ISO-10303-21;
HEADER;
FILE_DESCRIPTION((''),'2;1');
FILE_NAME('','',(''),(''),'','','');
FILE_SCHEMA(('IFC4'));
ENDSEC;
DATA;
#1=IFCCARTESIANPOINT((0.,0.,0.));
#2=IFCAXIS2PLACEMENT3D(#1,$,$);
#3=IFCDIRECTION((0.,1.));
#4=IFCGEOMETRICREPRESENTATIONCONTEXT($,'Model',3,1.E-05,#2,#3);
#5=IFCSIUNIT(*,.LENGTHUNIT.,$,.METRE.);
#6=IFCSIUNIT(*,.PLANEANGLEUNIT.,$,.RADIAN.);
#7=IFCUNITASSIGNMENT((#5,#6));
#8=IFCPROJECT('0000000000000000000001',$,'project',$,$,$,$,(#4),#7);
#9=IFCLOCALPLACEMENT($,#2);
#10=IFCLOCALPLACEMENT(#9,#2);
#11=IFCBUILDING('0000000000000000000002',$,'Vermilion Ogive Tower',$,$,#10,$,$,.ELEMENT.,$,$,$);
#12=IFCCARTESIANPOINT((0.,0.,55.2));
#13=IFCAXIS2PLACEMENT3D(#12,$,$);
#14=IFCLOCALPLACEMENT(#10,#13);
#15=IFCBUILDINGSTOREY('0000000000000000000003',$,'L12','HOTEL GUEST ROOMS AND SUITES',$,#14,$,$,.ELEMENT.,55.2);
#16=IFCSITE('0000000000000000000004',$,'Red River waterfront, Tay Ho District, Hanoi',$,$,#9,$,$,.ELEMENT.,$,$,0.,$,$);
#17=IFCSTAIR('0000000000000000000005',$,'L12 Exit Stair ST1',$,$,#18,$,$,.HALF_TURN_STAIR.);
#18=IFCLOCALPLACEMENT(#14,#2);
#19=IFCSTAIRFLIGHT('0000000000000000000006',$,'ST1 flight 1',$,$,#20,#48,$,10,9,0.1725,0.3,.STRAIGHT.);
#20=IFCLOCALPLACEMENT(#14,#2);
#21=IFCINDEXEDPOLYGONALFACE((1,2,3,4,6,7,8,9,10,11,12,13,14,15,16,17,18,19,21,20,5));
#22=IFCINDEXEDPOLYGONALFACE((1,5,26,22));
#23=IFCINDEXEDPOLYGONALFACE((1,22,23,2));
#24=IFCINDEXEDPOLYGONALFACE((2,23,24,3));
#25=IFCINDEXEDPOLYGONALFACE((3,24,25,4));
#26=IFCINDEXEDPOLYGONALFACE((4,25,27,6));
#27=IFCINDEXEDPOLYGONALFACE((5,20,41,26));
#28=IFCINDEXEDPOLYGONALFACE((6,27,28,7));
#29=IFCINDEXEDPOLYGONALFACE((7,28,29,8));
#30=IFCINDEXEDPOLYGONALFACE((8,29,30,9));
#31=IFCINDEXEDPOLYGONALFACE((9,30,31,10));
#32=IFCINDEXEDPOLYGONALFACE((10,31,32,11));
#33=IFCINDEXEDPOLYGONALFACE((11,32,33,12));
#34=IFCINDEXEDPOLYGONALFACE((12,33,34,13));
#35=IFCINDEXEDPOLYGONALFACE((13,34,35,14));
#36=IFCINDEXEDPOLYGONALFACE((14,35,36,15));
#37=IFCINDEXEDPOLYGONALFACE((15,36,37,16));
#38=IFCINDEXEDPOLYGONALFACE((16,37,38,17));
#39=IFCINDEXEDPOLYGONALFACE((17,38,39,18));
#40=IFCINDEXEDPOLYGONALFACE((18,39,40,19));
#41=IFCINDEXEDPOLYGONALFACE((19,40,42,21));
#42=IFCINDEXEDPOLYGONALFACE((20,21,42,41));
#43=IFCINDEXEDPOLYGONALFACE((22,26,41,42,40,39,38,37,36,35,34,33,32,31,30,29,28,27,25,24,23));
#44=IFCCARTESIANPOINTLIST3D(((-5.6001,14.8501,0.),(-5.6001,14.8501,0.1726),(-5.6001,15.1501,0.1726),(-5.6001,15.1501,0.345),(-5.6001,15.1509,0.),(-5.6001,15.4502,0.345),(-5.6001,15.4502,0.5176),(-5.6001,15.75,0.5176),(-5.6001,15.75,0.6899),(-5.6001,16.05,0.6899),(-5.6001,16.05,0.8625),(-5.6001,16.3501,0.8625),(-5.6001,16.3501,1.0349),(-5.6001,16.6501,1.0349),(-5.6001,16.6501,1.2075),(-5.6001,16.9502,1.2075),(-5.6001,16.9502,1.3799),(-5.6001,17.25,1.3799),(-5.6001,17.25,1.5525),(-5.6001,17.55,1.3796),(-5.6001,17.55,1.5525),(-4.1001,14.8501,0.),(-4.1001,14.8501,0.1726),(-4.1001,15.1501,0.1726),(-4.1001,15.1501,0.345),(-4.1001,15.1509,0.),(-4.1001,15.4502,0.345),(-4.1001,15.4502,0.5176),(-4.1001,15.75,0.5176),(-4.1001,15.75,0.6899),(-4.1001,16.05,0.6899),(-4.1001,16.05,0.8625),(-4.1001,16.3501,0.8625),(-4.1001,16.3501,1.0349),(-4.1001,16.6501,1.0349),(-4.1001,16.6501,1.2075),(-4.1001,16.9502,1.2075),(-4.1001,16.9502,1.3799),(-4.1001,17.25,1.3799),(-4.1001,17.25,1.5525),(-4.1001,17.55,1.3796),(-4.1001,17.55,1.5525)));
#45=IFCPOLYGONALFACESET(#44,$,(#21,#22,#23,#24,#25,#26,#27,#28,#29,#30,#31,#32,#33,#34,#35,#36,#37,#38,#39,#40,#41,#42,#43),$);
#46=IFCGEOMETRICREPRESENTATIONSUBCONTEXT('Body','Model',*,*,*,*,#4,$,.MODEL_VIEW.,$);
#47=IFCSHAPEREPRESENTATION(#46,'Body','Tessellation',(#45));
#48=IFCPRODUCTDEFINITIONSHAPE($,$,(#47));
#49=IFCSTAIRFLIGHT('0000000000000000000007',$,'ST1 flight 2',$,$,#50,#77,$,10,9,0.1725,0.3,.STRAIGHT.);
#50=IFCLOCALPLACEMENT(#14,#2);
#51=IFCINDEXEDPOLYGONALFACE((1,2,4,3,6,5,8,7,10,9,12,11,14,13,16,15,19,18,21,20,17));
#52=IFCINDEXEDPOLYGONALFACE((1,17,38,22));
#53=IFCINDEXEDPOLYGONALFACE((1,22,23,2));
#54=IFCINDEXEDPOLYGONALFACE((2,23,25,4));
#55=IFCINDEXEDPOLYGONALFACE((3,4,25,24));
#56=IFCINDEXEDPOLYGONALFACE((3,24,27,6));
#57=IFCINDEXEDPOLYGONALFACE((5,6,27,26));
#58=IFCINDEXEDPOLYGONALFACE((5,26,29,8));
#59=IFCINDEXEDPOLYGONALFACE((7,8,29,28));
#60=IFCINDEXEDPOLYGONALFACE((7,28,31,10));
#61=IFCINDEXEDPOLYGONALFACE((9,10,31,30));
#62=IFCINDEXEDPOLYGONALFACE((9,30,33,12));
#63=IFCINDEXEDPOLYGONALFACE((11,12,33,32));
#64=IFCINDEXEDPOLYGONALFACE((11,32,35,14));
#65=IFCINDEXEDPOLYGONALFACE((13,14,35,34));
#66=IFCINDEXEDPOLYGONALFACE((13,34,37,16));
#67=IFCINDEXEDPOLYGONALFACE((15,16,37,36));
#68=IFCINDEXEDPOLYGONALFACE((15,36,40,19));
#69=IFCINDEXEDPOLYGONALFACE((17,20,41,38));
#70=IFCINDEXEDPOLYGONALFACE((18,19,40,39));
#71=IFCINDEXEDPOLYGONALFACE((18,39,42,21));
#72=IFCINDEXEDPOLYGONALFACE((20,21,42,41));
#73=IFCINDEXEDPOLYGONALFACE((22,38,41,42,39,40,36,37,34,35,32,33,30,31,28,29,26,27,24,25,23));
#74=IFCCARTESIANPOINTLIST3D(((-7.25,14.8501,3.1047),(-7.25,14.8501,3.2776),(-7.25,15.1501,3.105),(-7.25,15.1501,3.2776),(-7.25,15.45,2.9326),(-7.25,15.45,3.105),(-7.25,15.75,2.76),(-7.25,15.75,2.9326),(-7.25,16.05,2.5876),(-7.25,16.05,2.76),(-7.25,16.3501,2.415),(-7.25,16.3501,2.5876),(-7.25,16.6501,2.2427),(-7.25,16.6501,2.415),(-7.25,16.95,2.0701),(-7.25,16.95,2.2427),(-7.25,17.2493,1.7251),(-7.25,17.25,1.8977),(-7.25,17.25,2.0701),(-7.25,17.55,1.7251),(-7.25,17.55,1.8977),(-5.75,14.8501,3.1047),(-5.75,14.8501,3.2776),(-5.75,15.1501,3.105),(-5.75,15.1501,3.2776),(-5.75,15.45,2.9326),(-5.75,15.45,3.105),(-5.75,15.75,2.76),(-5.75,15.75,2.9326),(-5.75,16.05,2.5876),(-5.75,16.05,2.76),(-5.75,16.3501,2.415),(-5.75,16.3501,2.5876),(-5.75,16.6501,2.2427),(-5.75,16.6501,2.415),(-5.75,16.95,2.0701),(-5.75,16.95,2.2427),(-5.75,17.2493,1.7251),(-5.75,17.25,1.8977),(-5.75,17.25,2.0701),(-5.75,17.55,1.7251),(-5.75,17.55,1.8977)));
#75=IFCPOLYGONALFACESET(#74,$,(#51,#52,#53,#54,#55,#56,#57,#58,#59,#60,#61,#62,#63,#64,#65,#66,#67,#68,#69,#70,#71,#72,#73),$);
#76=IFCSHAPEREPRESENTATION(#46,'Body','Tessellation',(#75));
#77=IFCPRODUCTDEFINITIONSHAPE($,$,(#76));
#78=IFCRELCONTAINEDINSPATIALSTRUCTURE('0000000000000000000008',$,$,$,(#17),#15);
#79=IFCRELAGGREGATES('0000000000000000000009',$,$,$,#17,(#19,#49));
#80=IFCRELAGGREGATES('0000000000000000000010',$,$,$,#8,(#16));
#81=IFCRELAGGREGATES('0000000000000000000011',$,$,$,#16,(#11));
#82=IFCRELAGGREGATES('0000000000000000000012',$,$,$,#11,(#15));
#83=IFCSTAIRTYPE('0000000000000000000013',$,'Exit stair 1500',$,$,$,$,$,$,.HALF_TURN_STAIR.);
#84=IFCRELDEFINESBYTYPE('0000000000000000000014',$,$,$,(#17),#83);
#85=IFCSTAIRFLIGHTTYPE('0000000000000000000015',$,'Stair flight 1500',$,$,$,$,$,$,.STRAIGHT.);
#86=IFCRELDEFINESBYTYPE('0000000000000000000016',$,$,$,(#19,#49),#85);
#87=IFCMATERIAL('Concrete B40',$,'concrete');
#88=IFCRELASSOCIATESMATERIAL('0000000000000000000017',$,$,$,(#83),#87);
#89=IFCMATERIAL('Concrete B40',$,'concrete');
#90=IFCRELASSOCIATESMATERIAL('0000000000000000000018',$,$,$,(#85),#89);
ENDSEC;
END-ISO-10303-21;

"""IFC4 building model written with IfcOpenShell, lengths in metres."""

from ifc_helpers import new_model, si_unit, direction, frame, origin, place, context, subcontext, project, spatial, polyline, outline, extrude, material, type_object, element, aggregate, save


model = new_model("IFC4")

# Units and contexts
model_context = context("Model", 3, precision=1e-05, world=origin(), true_north=direction((0.0, 1.0)))
body_context = subcontext(model_context, "Body", "Model", "MODEL_VIEW")
ifc_project = project(units=[si_unit("LENGTHUNIT", "METRE"), si_unit("PLANEANGLEUNIT", "RADIAN")], contexts=[model_context])

# Site, building, storey
site_placement = place(None, origin())
site = spatial("IfcSite", under=ifc_project, at=site_placement, Name="Red River waterfront, Tay Ho District, Hanoi", CompositionType="ELEMENT", RefElevation=0.0)
building_placement = place(site_placement, origin())
building = spatial("IfcBuilding", under=site, at=building_placement, Name="Vermilion Ogive Tower", CompositionType="ELEMENT")
storey_placement = place(building_placement, frame((0.0, 0.0, 55.2)))
storey = spatial("IfcBuildingStorey", under=building, at=storey_placement, Name="L12", Description="HOTEL GUEST ROOMS AND SUITES", CompositionType="ELEMENT", Elevation=55.2)

# Stair, stair flights
ifc_material_1 = material(Name="Concrete B40", Category="concrete")
stair_type = type_object("IfcStairType", Name="Exit stair 1500", PredefinedType="HALF_TURN_STAIR", material=ifc_material_1)
stair_placement = place(storey_placement, origin())
stair = element("IfcStair", 1, at=stair_placement, inside=storey, type_object=stair_type, Name="L12 Exit Stair ST1", PredefinedType="HALF_TURN_STAIR")
ifc_material_2 = material(Name="Concrete B40", Category="concrete")
stair_flight_type = type_object("IfcStairFlightType", Name="Stair flight 1500", PredefinedType="STRAIGHT", material=ifc_material_2)
stair_flight_1_placement = place(storey_placement, frame((-4.8501, 14.8501, 0.0), z_axis=(0.0, 0.0, 1.0), x_axis=(0.0, 1.0, 0.0)))
stair_flight_1 = element("IfcStairFlight", 2, at=stair_flight_1_placement, type_object=stair_flight_type, Name="ST1 flight 1", NumberOfRisers=10, NumberOfTreads=9, PredefinedType="STRAIGHT", RiserHeight=0.1725, TreadLength=0.3, context=body_context, shape_type="SweptSolid", body=[
    extrude(outline(polyline([(0.0, 0.0), (0.0, 0.1726), (0.3, 0.1726), (0.3, 0.345), (0.6001, 0.345), (0.6001, 0.5176), (0.8999, 0.5176), (0.8999, 0.6899), (1.2, 0.6899), (1.2, 0.8625), (1.5, 0.8625), (1.5, 1.0349), (1.8, 1.0349), (1.8, 1.2075), (2.1001, 1.2075), (2.1001, 1.3799), (2.3999, 1.3799), (2.3999, 1.5525), (2.7, 1.5525), (2.7, 1.7251), (2.7, 1.3796), (0.3008, 0.0), (0.0, 0.0)])), frame((0.0, 0.75, 0.0), z_axis=(0.0, -1.0, 0.0), x_axis=(1.0, 0.0, 0.0)), (0.0, 0.0, 1.0), 1.5),
])
stair_flight_2_placement = place(storey_placement, frame((-6.5, 17.55, 1.7251), z_axis=(0.0, 0.0, 1.0), x_axis=(0.0, -1.0, 0.0)))
stair_flight_2 = element("IfcStairFlight", 3, at=stair_flight_2_placement, type_object=stair_flight_type, Name="ST1 flight 2", NumberOfRisers=10, NumberOfTreads=9, PredefinedType="STRAIGHT", RiserHeight=0.1725, TreadLength=0.3, context=body_context, shape_type="SweptSolid", body=[
    extrude(outline(polyline([(0.0, 0.0), (0.0, 0.1726), (0.3, 0.1726), (0.3, 0.345), (0.6001, 0.345), (0.6001, 0.5176), (0.8999, 0.5176), (0.8999, 0.6899), (1.2, 0.6899), (1.2, 0.8625), (1.5, 0.8625), (1.5, 1.0349), (1.8, 1.0349), (1.8, 1.2075), (2.1001, 1.2075), (2.1001, 1.3799), (2.3999, 1.3799), (2.3999, 1.5525), (2.7, 1.5525), (2.7, 1.7251), (2.7, 1.3796), (0.3008, 0.0), (0.0, 0.0)])), frame((0.0, 0.75, 0.0), z_axis=(0.0, -1.0, 0.0), x_axis=(1.0, 0.0, 0.0)), (0.0, 0.0, 1.0), 1.5),
])
aggregate(stair, [stair_flight_1, stair_flight_2])

save(model, "model.ifc")
